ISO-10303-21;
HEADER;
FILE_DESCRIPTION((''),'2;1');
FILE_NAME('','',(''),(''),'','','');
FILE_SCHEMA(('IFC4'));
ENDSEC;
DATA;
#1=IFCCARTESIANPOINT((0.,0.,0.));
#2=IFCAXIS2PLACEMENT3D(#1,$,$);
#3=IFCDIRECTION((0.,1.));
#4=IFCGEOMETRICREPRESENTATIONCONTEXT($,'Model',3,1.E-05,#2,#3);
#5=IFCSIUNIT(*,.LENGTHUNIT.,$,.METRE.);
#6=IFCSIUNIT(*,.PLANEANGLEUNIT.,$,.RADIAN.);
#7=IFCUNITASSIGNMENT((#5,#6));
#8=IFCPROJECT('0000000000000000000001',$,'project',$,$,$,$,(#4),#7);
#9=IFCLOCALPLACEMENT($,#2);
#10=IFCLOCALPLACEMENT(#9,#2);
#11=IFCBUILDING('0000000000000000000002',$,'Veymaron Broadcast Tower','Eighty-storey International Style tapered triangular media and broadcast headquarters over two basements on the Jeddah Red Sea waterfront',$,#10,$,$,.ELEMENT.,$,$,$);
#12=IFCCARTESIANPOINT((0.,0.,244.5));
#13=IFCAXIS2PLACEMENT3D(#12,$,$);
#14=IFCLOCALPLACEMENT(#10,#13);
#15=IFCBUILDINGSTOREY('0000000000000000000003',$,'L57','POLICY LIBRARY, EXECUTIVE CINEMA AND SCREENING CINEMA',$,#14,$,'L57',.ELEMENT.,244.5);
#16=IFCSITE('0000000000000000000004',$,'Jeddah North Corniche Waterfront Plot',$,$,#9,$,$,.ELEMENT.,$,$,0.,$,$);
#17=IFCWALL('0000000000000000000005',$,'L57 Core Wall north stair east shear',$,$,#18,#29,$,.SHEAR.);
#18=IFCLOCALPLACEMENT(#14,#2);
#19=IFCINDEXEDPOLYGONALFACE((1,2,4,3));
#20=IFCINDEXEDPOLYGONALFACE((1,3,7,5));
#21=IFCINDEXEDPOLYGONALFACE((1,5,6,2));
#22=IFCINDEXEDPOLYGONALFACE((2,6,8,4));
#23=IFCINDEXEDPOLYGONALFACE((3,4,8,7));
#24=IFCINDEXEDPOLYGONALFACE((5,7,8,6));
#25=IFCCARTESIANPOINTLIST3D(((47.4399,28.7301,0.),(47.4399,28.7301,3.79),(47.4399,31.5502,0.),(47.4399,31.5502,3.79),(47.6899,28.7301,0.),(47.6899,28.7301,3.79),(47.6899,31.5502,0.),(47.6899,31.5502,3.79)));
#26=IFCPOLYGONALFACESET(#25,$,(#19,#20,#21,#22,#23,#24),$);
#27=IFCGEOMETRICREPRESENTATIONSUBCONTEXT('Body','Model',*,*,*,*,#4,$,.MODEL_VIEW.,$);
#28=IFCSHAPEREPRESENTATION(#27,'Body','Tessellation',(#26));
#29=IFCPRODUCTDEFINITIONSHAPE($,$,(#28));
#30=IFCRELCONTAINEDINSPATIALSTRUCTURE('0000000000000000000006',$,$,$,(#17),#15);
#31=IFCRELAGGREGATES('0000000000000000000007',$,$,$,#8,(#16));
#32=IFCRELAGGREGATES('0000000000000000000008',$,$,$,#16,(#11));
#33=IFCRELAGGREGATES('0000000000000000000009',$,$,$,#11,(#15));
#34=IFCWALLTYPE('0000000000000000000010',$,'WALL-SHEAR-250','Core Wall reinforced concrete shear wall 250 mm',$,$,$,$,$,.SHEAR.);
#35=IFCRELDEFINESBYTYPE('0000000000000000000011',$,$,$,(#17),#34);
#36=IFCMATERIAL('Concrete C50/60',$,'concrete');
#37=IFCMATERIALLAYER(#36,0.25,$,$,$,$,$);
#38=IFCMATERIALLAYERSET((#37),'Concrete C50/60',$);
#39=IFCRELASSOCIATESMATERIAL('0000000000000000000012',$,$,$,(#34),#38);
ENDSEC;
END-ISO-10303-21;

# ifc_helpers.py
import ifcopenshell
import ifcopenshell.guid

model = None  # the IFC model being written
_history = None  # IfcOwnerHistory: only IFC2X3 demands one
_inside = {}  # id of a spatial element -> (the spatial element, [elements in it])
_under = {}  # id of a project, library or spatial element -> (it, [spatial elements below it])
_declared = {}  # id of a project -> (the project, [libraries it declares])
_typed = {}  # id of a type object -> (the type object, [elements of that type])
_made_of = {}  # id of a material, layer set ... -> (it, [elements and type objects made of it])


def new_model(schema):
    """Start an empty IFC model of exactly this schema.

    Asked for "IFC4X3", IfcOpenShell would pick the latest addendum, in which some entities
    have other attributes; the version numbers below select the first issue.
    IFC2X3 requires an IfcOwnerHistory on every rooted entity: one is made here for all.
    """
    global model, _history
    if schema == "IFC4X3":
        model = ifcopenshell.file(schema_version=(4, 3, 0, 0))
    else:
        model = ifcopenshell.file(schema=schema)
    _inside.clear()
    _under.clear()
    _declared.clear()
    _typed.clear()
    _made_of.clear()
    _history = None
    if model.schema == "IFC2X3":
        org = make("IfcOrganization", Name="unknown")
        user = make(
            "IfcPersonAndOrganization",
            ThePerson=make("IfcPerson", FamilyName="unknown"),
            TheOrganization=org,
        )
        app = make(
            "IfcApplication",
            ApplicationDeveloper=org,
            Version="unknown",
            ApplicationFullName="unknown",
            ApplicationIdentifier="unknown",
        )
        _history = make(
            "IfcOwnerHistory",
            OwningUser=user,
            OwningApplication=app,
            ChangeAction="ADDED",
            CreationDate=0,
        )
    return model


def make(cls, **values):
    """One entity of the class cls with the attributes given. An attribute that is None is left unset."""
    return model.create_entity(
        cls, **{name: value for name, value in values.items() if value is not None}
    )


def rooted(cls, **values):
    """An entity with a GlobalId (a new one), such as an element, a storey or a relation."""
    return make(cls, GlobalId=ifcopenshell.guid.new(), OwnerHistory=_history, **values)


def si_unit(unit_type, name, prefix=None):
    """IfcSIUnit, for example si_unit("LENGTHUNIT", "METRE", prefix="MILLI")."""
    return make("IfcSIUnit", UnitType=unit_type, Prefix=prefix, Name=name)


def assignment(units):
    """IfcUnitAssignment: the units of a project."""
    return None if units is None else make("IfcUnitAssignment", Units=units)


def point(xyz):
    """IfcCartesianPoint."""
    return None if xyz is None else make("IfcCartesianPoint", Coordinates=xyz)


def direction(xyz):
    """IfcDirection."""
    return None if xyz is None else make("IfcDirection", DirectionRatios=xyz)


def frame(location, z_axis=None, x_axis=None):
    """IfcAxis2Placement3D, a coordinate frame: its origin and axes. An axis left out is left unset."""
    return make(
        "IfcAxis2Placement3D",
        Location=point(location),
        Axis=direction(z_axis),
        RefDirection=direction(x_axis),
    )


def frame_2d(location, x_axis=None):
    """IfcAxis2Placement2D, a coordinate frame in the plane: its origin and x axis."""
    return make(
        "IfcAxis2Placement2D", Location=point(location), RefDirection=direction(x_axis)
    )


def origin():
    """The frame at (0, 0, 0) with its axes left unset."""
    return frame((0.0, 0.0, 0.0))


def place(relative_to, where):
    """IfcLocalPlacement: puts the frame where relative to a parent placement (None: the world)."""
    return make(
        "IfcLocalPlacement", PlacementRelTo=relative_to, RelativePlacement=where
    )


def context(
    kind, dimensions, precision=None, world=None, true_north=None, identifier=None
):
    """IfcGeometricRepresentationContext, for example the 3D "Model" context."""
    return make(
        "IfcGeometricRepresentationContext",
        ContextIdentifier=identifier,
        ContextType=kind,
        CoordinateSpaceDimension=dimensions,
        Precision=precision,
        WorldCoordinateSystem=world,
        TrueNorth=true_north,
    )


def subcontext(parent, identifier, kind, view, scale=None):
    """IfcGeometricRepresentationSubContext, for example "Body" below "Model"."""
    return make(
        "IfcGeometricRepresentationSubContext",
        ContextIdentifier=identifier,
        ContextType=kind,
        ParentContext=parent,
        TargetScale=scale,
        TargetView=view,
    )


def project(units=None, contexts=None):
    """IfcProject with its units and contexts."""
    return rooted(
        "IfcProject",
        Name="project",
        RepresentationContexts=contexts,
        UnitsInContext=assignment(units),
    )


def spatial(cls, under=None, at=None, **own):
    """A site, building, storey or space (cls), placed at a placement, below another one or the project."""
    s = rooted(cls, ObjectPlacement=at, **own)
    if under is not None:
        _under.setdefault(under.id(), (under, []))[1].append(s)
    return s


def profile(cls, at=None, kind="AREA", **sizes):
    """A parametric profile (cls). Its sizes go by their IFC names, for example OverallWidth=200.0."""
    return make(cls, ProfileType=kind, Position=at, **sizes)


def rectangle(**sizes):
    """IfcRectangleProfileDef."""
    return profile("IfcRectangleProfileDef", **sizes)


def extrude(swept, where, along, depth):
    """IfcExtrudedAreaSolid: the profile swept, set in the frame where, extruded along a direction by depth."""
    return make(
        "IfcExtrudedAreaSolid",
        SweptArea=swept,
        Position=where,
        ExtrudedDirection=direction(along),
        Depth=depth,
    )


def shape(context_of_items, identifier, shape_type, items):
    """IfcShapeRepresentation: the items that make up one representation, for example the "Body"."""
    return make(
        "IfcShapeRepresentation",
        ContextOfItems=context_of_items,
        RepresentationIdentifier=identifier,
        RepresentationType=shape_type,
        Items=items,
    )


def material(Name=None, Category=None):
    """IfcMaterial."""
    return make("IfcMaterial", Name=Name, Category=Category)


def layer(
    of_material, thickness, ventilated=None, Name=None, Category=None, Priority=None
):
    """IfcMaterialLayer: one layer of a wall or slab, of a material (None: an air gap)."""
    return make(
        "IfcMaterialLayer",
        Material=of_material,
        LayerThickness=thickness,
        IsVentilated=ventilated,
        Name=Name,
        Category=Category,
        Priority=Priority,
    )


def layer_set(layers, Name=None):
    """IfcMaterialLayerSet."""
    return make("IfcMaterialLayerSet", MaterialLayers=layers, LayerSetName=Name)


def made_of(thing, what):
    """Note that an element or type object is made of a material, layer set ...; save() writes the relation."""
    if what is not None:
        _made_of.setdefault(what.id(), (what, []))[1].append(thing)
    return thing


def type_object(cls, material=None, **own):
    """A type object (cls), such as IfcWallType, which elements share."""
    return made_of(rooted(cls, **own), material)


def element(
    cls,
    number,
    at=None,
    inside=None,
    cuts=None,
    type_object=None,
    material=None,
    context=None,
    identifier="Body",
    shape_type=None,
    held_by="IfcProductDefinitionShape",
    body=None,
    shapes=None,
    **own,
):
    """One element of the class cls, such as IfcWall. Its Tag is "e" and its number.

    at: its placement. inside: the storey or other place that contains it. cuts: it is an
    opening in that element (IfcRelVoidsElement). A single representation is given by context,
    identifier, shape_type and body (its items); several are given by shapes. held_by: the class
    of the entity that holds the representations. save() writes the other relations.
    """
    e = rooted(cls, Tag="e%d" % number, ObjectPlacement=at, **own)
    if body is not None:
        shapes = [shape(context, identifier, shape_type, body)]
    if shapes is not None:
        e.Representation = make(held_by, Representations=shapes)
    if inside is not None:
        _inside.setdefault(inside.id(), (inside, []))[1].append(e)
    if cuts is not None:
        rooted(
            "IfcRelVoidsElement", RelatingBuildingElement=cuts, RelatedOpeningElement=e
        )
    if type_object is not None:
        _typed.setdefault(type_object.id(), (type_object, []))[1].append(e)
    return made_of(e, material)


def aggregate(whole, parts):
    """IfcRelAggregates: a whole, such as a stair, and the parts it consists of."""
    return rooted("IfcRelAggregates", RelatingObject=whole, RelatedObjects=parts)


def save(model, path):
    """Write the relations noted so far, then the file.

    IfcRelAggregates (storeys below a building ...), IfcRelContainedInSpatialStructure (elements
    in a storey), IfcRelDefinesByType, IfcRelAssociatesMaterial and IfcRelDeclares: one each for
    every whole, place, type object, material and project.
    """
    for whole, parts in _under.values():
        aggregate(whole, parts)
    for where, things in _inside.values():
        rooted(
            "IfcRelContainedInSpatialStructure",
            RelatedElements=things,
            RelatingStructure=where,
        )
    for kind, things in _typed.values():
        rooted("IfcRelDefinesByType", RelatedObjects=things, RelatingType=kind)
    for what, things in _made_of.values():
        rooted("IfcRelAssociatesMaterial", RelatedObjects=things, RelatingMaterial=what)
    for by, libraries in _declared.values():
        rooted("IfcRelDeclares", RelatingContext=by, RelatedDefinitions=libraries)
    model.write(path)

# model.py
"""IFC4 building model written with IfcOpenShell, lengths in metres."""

from ifc_helpers import new_model, si_unit, direction, frame, frame_2d, origin, place, context, subcontext, project, spatial, rectangle, extrude, material, layer, layer_set, type_object, element, save


model = new_model("IFC4")

# Units and contexts
model_context = context("Model", 3, precision=1e-05, world=origin(), true_north=direction((0.0, 1.0)))
body_context = subcontext(model_context, "Body", "Model", "MODEL_VIEW")
ifc_project = project(units=[si_unit("LENGTHUNIT", "METRE"), si_unit("PLANEANGLEUNIT", "RADIAN")], contexts=[model_context])

# Site, building, storey
site_placement = place(None, origin())
site = spatial("IfcSite", under=ifc_project, at=site_placement, Name="Jeddah North Corniche Waterfront Plot", CompositionType="ELEMENT", RefElevation=0.0)
building_placement = place(site_placement, origin())
building = spatial("IfcBuilding", under=site, at=building_placement, Name="Veymaron Broadcast Tower", Description="Eighty-storey International Style tapered triangular media and broadcast headquarters over two basements on the Jeddah Red Sea waterfront", CompositionType="ELEMENT")
storey_placement = place(building_placement, frame((0.0, 0.0, 244.5)))
storey = spatial("IfcBuildingStorey", under=building, at=storey_placement, Name="L57", Description="POLICY LIBRARY, EXECUTIVE CINEMA AND SCREENING CINEMA", LongName="L57", CompositionType="ELEMENT", Elevation=244.5)

# Wall
ifc_material_1 = material(Name="Concrete C50/60", Category="concrete")
ifc_layer_1 = layer(ifc_material_1, 0.25)
ifc_layer_set_1 = layer_set([ifc_layer_1], Name="Concrete C50/60")
wall_type_1 = type_object("IfcWallType", Name="WALL-SHEAR-250", Description="Core Wall reinforced concrete shear wall 250 mm", PredefinedType="SHEAR", material=ifc_layer_set_1)
wall_1_placement = place(storey_placement, frame((47.5649, 28.73, 0.0), z_axis=(0.0, 0.0, 1.0), x_axis=(0.0, 1.0, 0.0)))
element("IfcWall", 1, at=wall_1_placement, inside=storey, type_object=wall_type_1, Name="L57 Core Wall north stair east shear", PredefinedType="SHEAR", context=body_context, shape_type="SweptSolid", body=[
    extrude(rectangle(XDim=2.8201, YDim=0.25, at=frame_2d((1.4102, 0.0))), origin(), (0.0, 0.0, 1.0), 3.79),
])

save(model, "model.ifc")
